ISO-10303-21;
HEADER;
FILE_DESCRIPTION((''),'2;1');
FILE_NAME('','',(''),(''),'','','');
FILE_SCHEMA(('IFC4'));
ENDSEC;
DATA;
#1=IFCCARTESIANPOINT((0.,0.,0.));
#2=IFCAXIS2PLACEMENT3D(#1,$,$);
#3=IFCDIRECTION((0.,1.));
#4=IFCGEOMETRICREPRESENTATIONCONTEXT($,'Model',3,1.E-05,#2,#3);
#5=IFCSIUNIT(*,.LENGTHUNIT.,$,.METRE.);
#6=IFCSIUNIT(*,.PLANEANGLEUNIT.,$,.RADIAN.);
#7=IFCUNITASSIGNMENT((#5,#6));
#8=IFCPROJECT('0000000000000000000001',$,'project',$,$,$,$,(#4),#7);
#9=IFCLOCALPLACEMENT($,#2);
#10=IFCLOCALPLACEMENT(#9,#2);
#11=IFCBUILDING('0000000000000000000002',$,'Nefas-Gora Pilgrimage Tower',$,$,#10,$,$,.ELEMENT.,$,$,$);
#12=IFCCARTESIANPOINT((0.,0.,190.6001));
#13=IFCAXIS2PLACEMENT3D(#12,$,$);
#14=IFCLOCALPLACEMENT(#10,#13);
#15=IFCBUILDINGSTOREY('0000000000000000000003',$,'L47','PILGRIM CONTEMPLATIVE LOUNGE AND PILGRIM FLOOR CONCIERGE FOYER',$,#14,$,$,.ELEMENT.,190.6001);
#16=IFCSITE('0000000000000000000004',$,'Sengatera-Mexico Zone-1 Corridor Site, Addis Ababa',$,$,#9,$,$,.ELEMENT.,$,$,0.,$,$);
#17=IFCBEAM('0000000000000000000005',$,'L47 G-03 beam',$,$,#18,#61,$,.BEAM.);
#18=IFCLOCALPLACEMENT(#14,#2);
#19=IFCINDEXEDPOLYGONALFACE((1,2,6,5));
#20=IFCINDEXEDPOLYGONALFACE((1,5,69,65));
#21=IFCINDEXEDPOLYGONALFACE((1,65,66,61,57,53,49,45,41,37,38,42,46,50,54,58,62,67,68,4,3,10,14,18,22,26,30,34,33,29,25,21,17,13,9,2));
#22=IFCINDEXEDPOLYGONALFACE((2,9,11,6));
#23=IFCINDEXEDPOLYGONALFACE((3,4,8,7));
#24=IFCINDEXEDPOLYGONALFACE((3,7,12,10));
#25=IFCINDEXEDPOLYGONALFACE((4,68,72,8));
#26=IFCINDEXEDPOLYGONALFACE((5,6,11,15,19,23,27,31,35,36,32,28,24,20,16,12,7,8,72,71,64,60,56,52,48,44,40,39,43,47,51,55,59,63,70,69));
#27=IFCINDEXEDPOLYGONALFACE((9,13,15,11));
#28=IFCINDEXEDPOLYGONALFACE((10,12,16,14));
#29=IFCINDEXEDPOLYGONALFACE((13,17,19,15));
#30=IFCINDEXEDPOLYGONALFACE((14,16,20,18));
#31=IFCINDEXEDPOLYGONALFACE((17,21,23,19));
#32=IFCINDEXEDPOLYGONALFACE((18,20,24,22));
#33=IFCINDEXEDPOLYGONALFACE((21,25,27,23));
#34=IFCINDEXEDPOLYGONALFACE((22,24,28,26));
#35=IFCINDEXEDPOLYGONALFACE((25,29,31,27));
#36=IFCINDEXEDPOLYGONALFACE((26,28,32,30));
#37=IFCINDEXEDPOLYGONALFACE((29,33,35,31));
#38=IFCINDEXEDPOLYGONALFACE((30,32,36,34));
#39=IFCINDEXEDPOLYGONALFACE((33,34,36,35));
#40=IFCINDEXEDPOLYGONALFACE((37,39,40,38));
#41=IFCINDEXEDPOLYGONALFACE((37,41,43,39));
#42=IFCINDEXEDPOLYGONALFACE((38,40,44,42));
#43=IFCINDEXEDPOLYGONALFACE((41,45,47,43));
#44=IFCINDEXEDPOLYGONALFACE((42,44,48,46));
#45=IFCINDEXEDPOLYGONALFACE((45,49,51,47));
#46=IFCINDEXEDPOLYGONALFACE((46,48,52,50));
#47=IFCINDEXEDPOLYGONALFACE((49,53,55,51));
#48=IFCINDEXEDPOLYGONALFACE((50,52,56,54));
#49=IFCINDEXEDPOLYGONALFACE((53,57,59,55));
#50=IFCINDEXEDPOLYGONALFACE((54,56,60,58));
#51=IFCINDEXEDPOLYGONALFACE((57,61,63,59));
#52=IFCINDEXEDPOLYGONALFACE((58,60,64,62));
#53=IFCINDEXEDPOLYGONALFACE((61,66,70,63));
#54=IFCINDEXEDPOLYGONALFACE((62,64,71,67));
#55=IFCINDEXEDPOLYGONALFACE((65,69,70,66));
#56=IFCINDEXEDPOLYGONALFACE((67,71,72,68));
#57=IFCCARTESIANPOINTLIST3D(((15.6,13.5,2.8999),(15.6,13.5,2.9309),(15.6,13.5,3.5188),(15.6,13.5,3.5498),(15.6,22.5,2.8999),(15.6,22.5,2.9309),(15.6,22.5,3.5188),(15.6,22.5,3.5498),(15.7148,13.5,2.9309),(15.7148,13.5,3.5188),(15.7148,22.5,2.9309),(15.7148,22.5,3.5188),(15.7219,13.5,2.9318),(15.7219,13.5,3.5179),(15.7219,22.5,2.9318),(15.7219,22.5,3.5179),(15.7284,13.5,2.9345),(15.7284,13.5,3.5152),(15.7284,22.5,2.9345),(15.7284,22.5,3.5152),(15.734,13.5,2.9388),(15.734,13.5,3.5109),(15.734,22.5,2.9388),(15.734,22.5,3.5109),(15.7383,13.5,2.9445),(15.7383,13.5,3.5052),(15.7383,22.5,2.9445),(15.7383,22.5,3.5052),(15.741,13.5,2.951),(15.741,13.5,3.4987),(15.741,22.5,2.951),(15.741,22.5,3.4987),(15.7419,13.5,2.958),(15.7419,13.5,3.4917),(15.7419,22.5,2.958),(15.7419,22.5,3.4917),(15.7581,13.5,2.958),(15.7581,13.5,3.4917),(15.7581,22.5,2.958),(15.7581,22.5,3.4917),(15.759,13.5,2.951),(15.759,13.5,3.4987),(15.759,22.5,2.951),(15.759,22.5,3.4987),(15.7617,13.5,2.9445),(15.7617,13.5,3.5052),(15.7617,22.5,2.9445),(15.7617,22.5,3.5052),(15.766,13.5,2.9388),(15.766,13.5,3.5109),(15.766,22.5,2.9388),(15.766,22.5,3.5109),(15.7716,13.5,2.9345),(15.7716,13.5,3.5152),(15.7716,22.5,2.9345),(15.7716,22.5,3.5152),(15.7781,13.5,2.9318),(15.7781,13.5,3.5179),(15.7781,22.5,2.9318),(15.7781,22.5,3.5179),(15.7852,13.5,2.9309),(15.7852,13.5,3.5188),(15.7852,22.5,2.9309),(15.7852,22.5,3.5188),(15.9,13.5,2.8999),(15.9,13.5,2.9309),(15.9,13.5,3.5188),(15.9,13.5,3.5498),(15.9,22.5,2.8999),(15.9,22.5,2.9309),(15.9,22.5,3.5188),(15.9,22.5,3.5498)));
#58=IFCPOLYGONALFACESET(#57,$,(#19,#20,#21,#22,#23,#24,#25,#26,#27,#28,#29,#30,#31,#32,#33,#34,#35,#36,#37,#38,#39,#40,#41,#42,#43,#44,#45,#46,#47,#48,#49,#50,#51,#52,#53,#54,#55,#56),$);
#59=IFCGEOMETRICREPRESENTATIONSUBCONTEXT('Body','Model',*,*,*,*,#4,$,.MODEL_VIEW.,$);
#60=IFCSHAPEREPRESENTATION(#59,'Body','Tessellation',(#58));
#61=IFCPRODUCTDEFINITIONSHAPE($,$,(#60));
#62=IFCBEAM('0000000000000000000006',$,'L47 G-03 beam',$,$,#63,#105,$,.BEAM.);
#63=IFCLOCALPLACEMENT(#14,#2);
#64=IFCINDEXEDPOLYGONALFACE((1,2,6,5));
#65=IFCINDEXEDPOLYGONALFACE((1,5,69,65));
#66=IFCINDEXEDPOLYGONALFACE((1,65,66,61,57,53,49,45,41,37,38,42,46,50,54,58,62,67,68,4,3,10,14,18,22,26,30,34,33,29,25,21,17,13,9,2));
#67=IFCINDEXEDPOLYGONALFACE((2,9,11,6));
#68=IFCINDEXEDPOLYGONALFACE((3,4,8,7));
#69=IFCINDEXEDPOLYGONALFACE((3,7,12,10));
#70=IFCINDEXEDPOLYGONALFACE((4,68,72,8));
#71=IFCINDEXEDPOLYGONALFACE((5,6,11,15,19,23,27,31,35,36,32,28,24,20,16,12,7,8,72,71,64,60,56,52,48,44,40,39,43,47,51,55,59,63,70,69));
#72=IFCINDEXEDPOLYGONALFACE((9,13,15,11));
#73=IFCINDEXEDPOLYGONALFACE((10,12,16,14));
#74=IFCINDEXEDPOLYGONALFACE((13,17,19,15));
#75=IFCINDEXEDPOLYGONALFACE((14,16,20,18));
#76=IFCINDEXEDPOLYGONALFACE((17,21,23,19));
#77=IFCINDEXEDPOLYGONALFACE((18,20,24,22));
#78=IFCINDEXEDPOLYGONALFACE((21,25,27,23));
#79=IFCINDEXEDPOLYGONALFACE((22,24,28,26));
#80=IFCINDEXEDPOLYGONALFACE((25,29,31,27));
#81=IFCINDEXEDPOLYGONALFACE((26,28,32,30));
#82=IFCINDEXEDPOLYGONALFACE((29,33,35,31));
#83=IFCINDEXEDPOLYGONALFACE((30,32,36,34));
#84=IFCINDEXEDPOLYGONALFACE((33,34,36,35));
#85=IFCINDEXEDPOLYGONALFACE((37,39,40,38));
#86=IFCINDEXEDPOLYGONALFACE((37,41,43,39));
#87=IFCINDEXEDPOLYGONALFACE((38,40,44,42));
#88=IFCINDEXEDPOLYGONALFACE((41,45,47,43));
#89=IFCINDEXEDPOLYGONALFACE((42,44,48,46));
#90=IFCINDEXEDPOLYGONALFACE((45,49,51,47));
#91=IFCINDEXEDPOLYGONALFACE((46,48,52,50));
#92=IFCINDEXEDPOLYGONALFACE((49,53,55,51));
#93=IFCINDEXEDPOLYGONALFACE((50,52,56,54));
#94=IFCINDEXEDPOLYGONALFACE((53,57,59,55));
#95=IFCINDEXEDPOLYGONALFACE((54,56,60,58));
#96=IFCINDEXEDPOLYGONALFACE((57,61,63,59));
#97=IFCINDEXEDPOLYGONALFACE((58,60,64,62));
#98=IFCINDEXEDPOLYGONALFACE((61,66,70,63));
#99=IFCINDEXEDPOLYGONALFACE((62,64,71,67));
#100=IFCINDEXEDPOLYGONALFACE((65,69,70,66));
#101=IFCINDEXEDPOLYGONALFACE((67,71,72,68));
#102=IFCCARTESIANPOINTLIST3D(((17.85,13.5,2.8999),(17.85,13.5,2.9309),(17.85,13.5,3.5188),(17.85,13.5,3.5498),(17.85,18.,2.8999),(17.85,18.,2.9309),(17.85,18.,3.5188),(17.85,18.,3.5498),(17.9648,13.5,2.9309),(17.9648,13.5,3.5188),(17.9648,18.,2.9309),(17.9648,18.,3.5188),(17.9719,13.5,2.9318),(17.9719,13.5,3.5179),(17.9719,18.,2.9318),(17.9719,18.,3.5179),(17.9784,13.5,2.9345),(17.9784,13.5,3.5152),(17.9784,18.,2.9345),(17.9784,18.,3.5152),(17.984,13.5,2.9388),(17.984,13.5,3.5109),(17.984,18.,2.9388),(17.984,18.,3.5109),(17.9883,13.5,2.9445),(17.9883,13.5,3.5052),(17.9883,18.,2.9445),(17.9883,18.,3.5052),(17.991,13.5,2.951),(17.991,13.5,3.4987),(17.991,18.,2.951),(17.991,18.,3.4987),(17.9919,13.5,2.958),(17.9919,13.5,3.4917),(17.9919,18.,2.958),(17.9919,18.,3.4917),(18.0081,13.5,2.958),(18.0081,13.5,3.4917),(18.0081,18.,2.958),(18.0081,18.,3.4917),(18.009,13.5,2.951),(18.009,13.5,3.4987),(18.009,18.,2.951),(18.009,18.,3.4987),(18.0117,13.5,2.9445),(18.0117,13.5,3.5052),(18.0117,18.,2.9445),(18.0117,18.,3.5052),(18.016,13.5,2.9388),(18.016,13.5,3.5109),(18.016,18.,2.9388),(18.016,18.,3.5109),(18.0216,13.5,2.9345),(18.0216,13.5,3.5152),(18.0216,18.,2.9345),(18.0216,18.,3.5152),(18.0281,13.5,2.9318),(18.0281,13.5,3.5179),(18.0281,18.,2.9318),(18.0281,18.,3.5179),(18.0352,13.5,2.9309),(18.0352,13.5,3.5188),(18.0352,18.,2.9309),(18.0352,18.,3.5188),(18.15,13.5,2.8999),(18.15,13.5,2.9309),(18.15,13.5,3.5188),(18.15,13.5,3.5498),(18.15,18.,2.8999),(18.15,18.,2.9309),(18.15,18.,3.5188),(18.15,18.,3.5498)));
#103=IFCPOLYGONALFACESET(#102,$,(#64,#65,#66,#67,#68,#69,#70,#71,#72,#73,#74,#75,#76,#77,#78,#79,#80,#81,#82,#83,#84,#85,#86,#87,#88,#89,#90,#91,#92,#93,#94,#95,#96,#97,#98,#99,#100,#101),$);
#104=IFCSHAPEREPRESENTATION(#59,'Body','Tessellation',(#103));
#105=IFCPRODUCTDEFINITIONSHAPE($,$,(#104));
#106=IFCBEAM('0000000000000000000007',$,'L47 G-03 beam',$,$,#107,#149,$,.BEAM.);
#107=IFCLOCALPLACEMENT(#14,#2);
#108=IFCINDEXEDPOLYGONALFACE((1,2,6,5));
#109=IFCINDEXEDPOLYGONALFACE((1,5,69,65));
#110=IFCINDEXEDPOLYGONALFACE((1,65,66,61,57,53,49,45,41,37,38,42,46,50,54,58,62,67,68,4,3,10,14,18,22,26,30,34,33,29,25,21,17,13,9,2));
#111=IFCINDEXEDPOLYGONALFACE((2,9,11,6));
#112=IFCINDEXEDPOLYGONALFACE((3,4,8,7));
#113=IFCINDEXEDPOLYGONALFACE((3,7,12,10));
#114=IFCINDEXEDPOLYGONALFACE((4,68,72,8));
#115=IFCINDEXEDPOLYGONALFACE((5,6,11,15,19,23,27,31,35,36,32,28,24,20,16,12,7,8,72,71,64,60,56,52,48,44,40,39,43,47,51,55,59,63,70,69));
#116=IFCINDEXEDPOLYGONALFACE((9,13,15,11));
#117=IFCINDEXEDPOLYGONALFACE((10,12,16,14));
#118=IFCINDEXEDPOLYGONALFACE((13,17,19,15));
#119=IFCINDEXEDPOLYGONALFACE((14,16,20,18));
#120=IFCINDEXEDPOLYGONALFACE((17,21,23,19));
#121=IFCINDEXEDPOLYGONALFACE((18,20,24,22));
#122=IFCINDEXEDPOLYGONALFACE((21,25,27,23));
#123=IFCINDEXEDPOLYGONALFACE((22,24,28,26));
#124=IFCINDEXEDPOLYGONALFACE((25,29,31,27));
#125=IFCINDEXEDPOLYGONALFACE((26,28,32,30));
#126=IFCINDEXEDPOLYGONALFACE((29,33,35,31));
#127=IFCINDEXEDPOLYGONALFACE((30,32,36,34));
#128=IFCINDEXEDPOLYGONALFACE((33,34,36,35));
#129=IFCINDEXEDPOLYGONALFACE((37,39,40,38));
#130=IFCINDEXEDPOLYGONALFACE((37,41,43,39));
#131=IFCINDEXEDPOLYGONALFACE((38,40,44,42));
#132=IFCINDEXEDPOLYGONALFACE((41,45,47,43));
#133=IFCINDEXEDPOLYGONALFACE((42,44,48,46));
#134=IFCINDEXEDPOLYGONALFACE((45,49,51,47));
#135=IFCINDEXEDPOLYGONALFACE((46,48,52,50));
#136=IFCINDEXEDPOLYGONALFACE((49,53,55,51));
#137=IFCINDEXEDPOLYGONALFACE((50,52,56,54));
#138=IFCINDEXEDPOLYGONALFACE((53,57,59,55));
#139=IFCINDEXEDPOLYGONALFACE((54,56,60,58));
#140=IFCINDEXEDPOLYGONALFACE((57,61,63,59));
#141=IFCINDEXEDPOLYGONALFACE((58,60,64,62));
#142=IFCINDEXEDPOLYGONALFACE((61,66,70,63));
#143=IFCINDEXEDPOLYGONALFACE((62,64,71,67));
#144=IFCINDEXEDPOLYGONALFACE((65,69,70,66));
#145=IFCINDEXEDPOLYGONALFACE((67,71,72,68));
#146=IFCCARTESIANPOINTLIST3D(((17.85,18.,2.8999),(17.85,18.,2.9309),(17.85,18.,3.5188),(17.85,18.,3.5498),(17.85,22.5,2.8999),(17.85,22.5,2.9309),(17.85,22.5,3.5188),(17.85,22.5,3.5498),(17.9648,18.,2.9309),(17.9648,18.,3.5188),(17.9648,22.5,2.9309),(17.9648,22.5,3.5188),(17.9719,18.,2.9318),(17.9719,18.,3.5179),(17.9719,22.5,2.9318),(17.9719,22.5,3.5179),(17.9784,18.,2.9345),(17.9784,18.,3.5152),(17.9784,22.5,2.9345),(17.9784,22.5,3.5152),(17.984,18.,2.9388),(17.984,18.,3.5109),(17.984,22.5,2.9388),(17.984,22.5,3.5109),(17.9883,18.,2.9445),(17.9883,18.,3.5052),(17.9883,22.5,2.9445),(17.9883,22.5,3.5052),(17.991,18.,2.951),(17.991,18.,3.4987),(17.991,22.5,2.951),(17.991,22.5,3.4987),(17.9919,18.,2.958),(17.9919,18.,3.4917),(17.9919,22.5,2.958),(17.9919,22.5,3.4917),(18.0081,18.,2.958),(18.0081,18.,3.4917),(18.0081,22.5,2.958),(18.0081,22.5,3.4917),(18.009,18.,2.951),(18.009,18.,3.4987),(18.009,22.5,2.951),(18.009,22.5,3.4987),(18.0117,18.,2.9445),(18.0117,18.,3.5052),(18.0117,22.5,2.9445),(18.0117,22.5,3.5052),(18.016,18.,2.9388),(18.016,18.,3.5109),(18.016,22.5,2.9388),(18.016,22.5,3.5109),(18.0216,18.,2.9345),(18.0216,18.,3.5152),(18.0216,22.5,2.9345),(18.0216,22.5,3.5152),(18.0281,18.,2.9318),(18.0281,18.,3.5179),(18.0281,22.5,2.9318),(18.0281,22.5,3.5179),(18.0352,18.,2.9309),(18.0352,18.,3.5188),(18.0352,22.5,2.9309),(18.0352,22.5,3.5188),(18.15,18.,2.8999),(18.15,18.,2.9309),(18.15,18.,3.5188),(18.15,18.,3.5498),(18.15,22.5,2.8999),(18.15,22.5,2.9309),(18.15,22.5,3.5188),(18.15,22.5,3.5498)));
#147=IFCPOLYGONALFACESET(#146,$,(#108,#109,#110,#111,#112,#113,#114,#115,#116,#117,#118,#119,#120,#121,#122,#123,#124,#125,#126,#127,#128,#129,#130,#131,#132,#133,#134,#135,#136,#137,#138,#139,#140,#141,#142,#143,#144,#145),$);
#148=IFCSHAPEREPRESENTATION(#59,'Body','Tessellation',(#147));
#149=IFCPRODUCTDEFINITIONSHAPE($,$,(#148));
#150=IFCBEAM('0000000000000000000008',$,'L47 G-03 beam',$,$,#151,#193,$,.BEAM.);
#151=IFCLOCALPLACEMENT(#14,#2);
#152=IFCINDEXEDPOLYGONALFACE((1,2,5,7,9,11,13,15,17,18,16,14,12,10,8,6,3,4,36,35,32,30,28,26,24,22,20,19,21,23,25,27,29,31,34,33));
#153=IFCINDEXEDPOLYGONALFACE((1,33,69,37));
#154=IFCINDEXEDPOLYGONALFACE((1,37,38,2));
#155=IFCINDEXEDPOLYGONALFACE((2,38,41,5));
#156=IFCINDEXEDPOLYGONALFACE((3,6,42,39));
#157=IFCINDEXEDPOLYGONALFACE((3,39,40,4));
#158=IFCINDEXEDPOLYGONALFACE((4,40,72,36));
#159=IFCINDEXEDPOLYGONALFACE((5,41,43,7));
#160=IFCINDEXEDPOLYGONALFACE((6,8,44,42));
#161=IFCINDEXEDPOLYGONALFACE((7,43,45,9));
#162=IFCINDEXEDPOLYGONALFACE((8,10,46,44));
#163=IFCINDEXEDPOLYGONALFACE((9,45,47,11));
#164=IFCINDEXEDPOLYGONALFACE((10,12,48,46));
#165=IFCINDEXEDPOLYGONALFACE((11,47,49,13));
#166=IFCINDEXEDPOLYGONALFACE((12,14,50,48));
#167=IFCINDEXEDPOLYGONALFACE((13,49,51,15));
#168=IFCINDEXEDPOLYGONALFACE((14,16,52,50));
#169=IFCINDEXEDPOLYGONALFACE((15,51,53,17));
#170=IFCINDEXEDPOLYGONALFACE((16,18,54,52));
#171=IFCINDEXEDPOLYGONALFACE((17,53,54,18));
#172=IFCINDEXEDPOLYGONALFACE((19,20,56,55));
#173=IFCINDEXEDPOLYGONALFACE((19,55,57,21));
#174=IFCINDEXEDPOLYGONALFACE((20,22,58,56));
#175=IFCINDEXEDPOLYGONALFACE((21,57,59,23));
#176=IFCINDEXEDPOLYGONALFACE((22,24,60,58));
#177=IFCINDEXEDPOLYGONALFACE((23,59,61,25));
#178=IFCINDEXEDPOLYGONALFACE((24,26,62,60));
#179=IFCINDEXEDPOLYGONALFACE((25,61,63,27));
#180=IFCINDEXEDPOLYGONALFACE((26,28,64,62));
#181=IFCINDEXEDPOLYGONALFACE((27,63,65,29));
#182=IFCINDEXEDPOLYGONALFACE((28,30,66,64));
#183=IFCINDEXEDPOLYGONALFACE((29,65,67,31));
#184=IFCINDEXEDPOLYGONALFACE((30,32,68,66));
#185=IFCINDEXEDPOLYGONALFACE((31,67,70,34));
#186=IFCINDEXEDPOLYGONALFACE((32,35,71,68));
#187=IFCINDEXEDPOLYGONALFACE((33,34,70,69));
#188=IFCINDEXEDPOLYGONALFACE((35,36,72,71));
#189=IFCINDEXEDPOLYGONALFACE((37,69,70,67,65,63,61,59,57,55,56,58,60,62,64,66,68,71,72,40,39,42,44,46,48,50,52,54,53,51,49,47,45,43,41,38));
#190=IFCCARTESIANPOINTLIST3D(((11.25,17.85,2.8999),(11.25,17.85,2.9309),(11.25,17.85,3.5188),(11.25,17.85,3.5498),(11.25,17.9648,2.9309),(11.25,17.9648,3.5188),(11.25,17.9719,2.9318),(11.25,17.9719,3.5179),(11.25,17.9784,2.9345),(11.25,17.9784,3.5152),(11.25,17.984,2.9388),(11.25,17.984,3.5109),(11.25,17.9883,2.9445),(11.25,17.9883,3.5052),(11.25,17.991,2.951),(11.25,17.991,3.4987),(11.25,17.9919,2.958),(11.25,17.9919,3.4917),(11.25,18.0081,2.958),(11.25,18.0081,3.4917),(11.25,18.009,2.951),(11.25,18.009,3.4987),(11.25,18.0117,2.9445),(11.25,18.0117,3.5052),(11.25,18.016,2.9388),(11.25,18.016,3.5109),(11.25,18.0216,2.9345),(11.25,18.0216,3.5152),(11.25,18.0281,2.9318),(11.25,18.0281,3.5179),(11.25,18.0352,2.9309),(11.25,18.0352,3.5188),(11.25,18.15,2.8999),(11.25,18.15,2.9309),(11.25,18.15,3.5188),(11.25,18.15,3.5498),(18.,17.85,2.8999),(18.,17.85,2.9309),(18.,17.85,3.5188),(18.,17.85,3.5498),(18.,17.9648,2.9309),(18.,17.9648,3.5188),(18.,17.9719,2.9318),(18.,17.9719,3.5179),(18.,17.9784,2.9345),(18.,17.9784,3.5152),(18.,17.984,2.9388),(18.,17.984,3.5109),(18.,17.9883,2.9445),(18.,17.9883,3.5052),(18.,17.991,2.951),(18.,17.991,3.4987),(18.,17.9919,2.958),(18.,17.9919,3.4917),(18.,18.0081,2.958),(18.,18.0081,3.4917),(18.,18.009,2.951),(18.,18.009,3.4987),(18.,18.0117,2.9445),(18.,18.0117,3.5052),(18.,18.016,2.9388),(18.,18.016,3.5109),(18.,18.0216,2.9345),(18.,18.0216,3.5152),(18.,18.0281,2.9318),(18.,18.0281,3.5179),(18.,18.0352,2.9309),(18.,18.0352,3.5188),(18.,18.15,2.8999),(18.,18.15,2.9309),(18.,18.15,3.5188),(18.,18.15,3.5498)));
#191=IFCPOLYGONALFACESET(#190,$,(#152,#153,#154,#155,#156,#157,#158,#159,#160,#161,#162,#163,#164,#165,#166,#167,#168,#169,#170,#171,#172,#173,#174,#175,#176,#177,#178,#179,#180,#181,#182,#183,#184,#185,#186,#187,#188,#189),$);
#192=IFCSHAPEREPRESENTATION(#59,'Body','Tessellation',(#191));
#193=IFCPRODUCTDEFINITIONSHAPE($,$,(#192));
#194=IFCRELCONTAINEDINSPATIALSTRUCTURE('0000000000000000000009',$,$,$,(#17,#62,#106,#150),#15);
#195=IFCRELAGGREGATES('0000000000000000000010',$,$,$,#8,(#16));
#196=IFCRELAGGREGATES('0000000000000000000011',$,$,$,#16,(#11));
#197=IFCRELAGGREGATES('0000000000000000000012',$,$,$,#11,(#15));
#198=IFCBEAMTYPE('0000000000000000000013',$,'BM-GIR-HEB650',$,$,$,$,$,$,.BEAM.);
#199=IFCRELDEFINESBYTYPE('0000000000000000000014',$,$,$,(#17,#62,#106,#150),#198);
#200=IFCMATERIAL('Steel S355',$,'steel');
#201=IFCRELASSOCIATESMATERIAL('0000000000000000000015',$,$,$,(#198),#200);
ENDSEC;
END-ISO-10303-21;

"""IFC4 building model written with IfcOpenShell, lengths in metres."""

from ifc_helpers import new_model, si_unit, direction, frame, origin, origin_2d, place, context, subcontext, project, spatial, i_section, extrude, source, transform, mapped, material, material_profile, profile_set, type_object, element, save


model = new_model("IFC4")

# Units and contexts
model_context = context("Model", 3, precision=1e-05, world=origin(), true_north=direction((0.0, 1.0)))
body_context = subcontext(model_context, "Body", "Model", "MODEL_VIEW")
ifc_project = project(units=[si_unit("LENGTHUNIT", "METRE"), si_unit("PLANEANGLEUNIT", "RADIAN")], contexts=[model_context])

# Site, building, storey
site_placement = place(None, origin())
site = spatial("IfcSite", under=ifc_project, at=site_placement, Name="Sengatera-Mexico Zone-1 Corridor Site, Addis Ababa", CompositionType="ELEMENT", RefElevation=0.0)
building_placement = place(site_placement, origin())
building = spatial("IfcBuilding", under=site, at=building_placement, Name="Nefas-Gora Pilgrimage Tower", CompositionType="ELEMENT")
storey_placement = place(building_placement, frame((0.0, 0.0, 190.6001)))
storey = spatial("IfcBuildingStorey", under=building, at=storey_placement, Name="L47", Description="PILGRIM CONTEMPLATIVE LOUNGE AND PILGRIM FLOOR CONCIERGE FOYER", CompositionType="ELEMENT", Elevation=190.6001)

# Beams
ifc_material_1 = material(Name="Steel S355", Category="steel")
ifc_material_profile_1 = material_profile(ifc_material_1, i_section(OverallWidth=0.3, OverallDepth=0.6499, WebThickness=0.0161, FlangeThickness=0.031, FilletRadius=0.0271, at=origin_2d()), Name="HEB 650")
ifc_profile_set_1 = profile_set([ifc_material_profile_1], Name="Steel S355")
beam_type_1 = type_object("IfcBeamType", Name="BM-GIR-HEB650", PredefinedType="BEAM", material=ifc_profile_set_1)
shared_shape_1 = source(origin(), body_context, "Body", "SweptSolid", [
    extrude(i_section(OverallWidth=0.3, OverallDepth=0.6499, WebThickness=0.0161, FlangeThickness=0.031, FilletRadius=0.0271, at=origin_2d()), origin(), (0.0, 0.0, 1.0), 9.0),
])
beam_1_placement = place(storey_placement, frame((15.75, 13.5, 3.2249), z_axis=(0.0, 1.0, 0.0), x_axis=(-1.0, 0.0, 0.0)))
element("IfcBeam", 1, at=beam_1_placement, inside=storey, type_object=beam_type_1, Name="L47 G-03 beam", PredefinedType="BEAM", context=body_context, shape_type="MappedRepresentation", body=[
    mapped(shared_shape_1, transform((0.0, 0.0, 0.0), x_axis=(1.0, 0.0, 0.0), y_axis=(0.0, 1.0, 0.0), z_axis=(0.0, 0.0, 1.0), scale=1.0)),
])
shared_shape_2 = source(origin(), body_context, "Body", "SweptSolid", [
    extrude(i_section(OverallWidth=0.3, OverallDepth=0.6499, WebThickness=0.0161, FlangeThickness=0.031, FilletRadius=0.0271, at=origin_2d()), origin(), (0.0, 0.0, 1.0), 4.5),
])
for number, where, z_axis, x_axis, name in (
    (2, (18.0, 13.5, 3.2249), (0.0, 1.0, 0.0), (-1.0, 0.0, 0.0), "L47 G-03 beam"),
    (3, (18.0, 18.0, 3.2249), (0.0, 1.0, 0.0), (-1.0, 0.0, 0.0), "L47 G-03 beam"),
):
    element("IfcBeam", number, at=place(storey_placement, frame(where, z_axis=z_axis, x_axis=x_axis)), inside=storey, type_object=beam_type_1, Name=name, PredefinedType="BEAM", context=body_context, shape_type="MappedRepresentation", body=[
        mapped(shared_shape_2, transform((0.0, 0.0, 0.0), x_axis=(1.0, 0.0, 0.0), y_axis=(0.0, 1.0, 0.0), z_axis=(0.0, 0.0, 1.0), scale=1.0)),
    ])
shared_shape_3 = source(origin(), body_context, "Body", "SweptSolid", [
    extrude(i_section(OverallWidth=0.3, OverallDepth=0.6499, WebThickness=0.0161, FlangeThickness=0.031, FilletRadius=0.0271, at=origin_2d()), origin(), (0.0, 0.0, 1.0), 6.75),
])
for number, where, z_axis, x_axis, name in (
    (4, (11.25, 18.0, 3.2249), (1.0, 0.0, 0.0), (0.0, 1.0, 0.0), "L47 G-03 beam"),
):
    element("IfcBeam", number, at=place(storey_placement, frame(where, z_axis=z_axis, x_axis=x_axis)), inside=storey, type_object=beam_type_1, Name=name, PredefinedType="BEAM", context=body_context, shape_type="MappedRepresentation", body=[
        mapped(shared_shape_3, transform((0.0, 0.0, 0.0), x_axis=(1.0, 0.0, 0.0), y_axis=(0.0, 1.0, 0.0), z_axis=(0.0, 0.0, 1.0), scale=1.0)),
    ])

save(model, "model.ifc")
